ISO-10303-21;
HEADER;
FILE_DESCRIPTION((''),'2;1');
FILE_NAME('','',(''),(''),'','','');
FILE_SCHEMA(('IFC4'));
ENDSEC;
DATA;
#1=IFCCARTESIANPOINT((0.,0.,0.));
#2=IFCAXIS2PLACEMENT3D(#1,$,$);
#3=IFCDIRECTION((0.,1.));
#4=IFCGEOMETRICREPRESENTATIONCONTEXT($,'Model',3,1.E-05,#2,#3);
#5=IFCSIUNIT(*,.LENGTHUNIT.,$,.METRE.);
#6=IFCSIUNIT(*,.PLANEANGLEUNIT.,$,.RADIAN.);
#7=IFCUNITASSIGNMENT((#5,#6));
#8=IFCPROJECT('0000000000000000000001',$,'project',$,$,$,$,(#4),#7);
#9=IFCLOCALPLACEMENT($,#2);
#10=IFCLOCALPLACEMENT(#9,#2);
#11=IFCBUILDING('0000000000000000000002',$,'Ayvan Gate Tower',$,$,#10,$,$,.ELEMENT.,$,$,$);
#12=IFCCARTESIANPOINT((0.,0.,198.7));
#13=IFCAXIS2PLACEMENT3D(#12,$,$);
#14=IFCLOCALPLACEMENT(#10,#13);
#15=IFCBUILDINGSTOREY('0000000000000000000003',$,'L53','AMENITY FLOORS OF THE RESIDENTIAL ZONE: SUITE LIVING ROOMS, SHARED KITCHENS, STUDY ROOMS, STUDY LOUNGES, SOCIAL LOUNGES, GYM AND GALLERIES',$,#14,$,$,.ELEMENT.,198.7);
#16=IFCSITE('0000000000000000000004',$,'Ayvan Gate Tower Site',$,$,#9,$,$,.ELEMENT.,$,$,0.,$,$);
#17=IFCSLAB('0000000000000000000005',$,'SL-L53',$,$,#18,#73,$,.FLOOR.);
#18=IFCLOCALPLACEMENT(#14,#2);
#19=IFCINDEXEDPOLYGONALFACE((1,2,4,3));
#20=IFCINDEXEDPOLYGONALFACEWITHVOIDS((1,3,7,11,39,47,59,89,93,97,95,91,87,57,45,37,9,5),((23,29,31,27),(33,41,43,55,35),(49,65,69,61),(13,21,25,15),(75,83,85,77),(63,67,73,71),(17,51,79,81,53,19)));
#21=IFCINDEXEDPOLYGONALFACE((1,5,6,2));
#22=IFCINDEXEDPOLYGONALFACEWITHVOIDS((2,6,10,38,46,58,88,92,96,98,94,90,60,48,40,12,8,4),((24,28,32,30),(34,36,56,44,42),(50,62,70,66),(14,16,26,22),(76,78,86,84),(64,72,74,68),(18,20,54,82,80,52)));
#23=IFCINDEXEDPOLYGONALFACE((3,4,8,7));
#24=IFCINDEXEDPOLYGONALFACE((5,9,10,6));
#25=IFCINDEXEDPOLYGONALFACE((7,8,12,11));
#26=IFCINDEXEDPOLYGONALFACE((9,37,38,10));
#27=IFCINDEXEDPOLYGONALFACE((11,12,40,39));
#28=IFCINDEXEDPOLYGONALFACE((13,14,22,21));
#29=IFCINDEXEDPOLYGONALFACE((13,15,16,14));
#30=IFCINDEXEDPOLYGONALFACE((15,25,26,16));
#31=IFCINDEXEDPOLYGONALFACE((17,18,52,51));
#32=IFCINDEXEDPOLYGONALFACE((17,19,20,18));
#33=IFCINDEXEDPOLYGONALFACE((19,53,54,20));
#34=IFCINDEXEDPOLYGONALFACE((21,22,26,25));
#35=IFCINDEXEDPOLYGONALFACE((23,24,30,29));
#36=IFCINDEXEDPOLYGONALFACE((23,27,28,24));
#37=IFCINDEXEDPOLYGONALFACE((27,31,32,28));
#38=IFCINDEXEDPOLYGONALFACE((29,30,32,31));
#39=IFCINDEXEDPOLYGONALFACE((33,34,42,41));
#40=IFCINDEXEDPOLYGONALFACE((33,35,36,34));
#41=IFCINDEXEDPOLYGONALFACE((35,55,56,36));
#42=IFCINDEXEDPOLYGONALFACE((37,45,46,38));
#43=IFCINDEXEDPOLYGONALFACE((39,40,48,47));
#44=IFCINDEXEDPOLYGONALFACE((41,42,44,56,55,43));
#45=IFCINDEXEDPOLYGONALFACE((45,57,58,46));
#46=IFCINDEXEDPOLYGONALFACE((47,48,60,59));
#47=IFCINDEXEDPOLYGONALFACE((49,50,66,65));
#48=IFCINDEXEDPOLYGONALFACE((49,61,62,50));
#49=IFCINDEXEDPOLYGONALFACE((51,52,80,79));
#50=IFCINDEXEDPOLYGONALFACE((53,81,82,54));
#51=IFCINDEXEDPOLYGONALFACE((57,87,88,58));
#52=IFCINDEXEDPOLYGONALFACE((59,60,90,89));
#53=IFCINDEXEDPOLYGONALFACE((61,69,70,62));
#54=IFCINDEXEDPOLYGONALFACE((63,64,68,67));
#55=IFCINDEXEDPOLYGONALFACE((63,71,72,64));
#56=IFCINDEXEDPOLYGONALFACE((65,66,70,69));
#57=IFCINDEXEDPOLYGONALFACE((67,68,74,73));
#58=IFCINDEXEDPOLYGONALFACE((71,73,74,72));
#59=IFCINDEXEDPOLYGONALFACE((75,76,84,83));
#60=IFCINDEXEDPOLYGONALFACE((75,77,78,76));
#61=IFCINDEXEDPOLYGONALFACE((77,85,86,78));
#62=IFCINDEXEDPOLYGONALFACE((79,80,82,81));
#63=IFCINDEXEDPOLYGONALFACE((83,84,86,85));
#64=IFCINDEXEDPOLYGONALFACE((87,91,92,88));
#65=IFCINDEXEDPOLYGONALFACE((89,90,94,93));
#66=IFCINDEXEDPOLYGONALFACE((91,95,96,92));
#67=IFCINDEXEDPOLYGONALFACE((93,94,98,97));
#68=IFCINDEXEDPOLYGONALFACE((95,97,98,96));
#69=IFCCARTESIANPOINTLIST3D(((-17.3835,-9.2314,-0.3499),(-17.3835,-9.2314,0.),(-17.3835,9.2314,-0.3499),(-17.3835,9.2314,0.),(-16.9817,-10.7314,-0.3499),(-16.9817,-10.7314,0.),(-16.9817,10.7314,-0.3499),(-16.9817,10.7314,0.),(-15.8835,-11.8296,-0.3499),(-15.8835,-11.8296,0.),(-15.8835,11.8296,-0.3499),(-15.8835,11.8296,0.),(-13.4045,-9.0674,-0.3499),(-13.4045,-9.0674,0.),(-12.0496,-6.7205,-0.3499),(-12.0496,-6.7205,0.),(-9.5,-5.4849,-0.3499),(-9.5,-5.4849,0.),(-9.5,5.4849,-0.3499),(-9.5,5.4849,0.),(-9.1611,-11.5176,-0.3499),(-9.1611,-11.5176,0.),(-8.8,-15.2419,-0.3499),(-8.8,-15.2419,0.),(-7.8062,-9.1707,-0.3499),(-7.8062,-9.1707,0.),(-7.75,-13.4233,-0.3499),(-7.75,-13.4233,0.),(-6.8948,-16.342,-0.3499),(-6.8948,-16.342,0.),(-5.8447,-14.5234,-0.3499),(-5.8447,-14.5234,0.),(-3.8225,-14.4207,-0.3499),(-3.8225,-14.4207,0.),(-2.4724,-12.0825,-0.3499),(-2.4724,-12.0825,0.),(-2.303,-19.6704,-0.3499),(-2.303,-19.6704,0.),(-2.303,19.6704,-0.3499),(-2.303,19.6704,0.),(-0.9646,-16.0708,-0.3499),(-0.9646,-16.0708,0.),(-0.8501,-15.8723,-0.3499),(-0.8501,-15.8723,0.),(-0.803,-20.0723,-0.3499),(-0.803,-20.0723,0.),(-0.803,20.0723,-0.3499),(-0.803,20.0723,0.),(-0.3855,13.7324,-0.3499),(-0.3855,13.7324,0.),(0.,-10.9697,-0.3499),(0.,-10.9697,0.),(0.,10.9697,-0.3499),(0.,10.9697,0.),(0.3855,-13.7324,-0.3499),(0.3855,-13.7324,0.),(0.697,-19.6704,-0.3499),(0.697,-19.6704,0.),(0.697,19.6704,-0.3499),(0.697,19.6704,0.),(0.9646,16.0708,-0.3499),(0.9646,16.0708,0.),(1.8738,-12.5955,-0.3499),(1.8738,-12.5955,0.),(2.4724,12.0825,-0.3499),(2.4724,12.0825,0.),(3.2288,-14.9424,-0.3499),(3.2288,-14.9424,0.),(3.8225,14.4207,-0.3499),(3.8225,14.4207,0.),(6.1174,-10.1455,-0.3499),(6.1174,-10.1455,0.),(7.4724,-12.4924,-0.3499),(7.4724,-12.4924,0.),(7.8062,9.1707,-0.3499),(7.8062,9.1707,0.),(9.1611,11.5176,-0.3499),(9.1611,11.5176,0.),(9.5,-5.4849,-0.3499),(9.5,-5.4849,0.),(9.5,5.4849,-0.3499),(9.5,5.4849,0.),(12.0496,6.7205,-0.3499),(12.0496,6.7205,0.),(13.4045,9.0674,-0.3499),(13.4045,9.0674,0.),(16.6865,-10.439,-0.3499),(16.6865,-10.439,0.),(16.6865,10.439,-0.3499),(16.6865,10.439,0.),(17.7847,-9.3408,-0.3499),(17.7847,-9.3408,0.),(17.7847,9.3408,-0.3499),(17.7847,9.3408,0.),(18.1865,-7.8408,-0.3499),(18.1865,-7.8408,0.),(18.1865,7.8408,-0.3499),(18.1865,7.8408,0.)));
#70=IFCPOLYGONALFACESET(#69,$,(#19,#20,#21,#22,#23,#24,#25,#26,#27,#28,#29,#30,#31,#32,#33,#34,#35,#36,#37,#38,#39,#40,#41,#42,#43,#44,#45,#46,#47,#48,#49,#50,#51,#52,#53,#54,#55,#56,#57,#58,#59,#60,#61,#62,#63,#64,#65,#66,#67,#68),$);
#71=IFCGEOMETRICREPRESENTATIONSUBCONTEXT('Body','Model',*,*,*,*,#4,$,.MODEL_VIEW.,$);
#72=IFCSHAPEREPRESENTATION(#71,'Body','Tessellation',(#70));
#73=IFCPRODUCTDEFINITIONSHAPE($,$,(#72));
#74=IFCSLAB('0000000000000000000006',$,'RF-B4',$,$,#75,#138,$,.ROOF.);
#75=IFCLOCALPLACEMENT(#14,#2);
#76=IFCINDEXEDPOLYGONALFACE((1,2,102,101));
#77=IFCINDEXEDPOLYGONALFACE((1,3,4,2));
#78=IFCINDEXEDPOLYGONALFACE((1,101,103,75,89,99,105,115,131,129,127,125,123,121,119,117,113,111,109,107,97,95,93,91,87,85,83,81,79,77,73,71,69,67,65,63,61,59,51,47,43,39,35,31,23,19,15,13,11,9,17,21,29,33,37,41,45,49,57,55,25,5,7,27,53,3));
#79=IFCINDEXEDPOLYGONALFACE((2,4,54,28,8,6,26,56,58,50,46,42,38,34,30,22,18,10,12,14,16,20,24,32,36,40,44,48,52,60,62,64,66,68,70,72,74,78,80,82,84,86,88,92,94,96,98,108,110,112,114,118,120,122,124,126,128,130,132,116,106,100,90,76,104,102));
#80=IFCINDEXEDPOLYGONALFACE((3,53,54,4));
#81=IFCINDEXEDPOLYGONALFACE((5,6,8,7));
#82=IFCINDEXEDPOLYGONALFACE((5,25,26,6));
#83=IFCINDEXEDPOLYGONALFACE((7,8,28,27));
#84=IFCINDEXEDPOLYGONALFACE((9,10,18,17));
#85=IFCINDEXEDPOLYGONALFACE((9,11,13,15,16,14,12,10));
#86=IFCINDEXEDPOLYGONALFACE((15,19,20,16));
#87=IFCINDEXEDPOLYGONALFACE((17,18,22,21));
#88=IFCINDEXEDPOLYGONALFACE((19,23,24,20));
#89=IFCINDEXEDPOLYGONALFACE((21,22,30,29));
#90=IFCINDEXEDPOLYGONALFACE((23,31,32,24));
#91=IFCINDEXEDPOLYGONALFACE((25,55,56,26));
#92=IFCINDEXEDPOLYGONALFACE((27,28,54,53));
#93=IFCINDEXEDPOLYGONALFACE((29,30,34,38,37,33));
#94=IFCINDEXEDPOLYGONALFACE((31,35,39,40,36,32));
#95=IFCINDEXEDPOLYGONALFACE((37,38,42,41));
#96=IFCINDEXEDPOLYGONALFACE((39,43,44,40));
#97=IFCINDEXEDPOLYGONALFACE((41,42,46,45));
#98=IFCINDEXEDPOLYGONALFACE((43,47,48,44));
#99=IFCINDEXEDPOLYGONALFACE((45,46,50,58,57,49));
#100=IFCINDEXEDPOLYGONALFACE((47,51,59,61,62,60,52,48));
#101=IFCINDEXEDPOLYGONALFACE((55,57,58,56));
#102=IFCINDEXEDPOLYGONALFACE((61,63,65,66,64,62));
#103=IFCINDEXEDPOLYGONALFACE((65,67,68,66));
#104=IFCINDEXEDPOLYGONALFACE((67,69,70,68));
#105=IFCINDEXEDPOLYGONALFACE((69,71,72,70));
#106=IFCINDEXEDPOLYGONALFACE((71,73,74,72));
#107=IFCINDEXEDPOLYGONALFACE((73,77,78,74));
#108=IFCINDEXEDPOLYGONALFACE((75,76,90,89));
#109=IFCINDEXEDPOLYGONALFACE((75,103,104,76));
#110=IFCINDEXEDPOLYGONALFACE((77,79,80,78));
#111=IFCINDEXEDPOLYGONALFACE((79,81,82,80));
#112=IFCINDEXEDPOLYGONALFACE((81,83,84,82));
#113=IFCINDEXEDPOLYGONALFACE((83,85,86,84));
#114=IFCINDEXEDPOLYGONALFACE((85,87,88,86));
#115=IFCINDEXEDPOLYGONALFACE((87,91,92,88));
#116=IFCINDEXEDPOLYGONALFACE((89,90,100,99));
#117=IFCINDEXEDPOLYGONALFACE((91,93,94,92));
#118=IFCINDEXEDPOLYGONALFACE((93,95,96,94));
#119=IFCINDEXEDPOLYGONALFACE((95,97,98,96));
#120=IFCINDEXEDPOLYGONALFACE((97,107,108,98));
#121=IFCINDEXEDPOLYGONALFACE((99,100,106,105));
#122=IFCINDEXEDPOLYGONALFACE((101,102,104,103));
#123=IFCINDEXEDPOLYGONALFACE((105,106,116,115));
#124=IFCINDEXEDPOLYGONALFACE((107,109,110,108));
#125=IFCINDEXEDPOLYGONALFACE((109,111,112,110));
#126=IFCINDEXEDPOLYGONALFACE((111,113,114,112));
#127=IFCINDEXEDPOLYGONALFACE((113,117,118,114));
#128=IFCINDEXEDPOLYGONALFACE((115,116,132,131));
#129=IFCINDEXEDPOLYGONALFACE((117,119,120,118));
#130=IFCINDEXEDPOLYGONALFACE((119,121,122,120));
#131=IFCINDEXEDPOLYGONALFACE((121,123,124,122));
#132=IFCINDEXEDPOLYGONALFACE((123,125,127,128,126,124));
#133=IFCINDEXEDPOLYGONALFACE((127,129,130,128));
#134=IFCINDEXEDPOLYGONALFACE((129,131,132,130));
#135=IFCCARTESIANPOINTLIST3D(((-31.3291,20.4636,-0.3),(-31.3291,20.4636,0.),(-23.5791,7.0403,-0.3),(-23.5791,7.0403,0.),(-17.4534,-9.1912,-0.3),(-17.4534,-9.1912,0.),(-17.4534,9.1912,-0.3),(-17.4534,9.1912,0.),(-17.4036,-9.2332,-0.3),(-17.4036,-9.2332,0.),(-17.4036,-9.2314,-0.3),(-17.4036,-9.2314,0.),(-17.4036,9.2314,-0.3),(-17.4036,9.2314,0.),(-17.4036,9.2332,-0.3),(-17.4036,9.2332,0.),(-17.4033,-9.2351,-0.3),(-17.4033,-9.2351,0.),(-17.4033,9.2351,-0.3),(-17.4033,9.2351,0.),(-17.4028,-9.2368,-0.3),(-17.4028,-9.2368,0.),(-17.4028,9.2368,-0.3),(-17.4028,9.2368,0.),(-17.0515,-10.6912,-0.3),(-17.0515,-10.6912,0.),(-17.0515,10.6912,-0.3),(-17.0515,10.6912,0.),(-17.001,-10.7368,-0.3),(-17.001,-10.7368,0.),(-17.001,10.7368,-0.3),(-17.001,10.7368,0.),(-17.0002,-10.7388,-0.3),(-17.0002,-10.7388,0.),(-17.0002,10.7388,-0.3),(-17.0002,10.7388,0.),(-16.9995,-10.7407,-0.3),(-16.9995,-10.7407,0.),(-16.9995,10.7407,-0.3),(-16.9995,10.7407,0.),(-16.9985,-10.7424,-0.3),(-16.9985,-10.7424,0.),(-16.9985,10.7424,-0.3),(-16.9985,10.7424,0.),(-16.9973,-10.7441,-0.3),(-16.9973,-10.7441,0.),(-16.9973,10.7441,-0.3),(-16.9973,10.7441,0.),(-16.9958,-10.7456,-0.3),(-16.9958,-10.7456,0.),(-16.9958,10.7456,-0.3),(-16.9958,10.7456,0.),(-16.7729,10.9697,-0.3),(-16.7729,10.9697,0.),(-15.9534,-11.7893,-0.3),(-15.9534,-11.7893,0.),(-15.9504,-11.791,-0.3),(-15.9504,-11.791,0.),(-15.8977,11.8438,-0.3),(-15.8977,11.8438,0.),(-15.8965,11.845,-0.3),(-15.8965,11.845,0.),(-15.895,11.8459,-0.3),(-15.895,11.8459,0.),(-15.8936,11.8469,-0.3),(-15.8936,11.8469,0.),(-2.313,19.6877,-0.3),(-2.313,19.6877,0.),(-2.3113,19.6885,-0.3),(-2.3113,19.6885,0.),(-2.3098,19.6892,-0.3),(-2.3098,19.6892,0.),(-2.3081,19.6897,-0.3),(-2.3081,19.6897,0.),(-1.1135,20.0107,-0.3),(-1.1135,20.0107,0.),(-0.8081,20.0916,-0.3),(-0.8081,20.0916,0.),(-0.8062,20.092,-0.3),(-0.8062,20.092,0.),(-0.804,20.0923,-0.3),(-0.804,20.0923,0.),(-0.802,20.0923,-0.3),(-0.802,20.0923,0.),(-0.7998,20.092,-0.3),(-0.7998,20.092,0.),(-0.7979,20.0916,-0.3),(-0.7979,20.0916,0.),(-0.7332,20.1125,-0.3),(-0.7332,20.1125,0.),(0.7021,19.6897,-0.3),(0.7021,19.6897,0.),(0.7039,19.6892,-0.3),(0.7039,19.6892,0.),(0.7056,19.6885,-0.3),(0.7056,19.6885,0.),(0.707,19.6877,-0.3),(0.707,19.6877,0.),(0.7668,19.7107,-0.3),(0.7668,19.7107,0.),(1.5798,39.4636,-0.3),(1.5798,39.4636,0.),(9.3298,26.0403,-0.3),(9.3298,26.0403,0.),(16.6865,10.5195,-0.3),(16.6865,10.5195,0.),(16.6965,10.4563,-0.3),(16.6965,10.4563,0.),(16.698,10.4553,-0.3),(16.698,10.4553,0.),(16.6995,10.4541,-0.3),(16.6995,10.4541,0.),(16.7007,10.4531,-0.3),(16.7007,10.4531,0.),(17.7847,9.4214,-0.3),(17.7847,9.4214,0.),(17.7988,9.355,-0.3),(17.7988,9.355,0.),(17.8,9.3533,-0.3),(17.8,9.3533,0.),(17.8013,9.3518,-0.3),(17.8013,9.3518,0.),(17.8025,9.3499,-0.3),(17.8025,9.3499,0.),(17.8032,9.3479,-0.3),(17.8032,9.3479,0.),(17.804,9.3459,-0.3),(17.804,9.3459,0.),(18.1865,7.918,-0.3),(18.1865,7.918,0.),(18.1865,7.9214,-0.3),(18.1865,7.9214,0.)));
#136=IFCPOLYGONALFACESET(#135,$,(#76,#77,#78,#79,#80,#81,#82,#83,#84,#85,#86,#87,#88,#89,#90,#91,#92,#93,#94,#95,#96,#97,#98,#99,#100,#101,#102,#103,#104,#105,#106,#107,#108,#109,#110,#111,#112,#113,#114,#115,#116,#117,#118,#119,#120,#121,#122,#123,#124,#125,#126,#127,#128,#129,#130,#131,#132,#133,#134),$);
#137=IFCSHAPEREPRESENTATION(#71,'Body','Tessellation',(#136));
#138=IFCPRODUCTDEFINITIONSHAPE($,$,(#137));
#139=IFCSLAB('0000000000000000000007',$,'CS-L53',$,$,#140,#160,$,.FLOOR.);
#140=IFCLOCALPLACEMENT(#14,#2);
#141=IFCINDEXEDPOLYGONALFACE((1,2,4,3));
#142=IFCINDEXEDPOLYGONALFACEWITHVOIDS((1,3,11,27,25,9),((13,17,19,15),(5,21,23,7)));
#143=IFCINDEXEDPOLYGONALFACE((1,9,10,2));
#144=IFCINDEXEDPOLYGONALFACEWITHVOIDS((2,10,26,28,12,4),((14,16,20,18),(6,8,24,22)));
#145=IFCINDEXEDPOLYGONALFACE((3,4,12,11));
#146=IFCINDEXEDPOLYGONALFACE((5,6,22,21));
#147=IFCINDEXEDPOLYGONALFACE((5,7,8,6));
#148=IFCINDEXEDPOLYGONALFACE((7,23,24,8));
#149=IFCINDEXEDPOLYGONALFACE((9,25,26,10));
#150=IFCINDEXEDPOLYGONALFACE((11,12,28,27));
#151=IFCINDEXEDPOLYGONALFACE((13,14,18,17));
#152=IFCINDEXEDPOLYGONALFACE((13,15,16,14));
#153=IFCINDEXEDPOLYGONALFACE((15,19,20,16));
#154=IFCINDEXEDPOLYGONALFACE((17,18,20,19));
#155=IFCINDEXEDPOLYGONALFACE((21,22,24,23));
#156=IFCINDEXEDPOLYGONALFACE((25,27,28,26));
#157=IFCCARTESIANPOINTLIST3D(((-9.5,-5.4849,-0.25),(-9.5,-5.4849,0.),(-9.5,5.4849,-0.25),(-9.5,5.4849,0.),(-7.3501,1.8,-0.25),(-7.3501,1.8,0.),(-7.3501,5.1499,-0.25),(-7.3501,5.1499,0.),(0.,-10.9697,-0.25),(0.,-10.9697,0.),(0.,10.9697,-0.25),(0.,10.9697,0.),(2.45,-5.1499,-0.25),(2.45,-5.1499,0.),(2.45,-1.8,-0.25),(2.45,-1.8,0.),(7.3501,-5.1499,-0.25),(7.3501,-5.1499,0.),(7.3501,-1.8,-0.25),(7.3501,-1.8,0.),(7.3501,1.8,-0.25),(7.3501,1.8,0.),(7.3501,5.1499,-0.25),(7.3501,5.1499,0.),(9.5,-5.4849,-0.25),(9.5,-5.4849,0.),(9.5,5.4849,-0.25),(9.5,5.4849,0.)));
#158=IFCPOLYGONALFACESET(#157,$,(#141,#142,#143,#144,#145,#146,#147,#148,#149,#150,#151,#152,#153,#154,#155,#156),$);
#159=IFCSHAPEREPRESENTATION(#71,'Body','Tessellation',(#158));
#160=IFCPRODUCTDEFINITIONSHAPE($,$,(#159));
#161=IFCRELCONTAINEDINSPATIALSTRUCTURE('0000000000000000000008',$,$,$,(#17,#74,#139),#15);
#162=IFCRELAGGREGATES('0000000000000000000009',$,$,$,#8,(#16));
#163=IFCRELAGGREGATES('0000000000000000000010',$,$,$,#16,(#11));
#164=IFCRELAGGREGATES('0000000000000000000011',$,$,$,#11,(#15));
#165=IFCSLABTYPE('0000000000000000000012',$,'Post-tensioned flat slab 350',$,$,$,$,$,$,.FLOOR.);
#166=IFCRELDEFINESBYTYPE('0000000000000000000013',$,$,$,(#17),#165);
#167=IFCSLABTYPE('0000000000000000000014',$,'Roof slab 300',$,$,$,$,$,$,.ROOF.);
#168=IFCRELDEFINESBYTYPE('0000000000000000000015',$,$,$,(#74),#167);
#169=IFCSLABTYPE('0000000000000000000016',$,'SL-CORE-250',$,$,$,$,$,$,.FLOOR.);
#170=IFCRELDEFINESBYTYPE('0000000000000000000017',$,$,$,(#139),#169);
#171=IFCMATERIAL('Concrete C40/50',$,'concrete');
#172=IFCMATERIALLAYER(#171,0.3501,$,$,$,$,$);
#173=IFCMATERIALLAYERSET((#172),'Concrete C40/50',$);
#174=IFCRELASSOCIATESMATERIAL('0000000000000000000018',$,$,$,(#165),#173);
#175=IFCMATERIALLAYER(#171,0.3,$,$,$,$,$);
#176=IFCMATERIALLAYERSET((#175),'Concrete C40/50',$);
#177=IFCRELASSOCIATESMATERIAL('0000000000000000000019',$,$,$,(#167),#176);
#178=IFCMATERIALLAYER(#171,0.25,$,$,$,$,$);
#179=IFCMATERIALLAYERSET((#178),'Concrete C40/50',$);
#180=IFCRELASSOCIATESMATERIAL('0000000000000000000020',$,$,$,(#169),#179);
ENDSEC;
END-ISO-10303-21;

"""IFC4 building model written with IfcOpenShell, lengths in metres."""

from ifc_helpers import new_model, si_unit, direction, frame, origin, place, context, subcontext, project, spatial, polyline, outline, extrude, material, layer, layer_set, type_object, element, save


model = new_model("IFC4")

# Units and contexts
model_context = context("Model", 3, precision=1e-05, world=origin(), true_north=direction((0.0, 1.0)))
body_context = subcontext(model_context, "Body", "Model", "MODEL_VIEW")
ifc_project = project(units=[si_unit("LENGTHUNIT", "METRE"), si_unit("PLANEANGLEUNIT", "RADIAN")], contexts=[model_context])

# Site, building, storey
site_placement = place(None, origin())
site = spatial("IfcSite", under=ifc_project, at=site_placement, Name="Ayvan Gate Tower Site", CompositionType="ELEMENT", RefElevation=0.0)
building_placement = place(site_placement, origin())
building = spatial("IfcBuilding", under=site, at=building_placement, Name="Ayvan Gate Tower", CompositionType="ELEMENT")
storey_placement = place(building_placement, frame((0.0, 0.0, 198.7)))
storey = spatial("IfcBuildingStorey", under=building, at=storey_placement, Name="L53", Description="AMENITY FLOORS OF THE RESIDENTIAL ZONE: SUITE LIVING ROOMS, SHARED KITCHENS, STUDY ROOMS, STUDY LOUNGES, SOCIAL LOUNGES, GYM AND GALLERIES", CompositionType="ELEMENT", Elevation=198.7)

# Slabs
ifc_material_1 = material(Name="Concrete C40/50", Category="concrete")
ifc_layer_1 = layer(ifc_material_1, 0.3501)
ifc_layer_set_1 = layer_set([ifc_layer_1], Name="Concrete C40/50")
slab_type_1 = type_object("IfcSlabType", Name="Post-tensioned flat slab 350", PredefinedType="FLOOR", material=ifc_layer_set_1)
slab_1_placement = place(storey_placement, frame((0.0, 0.0, -0.3499)))
element("IfcSlab", 1, at=slab_1_placement, inside=storey, type_object=slab_type_1, Name="SL-L53", PredefinedType="FLOOR", context=body_context, shape_type="SweptSolid", body=[
    extrude(outline(polyline([(-0.803, -20.0723), (-2.303, -19.6704), (-15.8835, -11.8296), (-16.9817, -10.7314), (-17.3835, -9.2314), (-17.3835, 9.2314), (-16.9817, 10.7314), (-15.8835, 11.8296), (-2.303, 19.6704), (-0.803, 20.0723), (0.697, 19.6704), (16.6865, 10.439), (17.7847, 9.3408), (18.1865, 7.8408), (18.1865, -7.8408), (17.7847, -9.3408), (16.6865, -10.439), (0.697, -19.6704), (-0.803, -20.0723)]), holes=[polyline([(13.4045, 9.0674), (9.1611, 11.5176), (7.8062, 9.1707), (12.0496, 6.7205), (13.4045, 9.0674)]), polyline([(0.0, 10.9697), (-9.5, 5.4849), (-9.5, -5.4849), (0.0, -10.9697), (9.5, -5.4849), (9.5, 5.4849), (0.0, 10.9697)]), polyline([(3.2288, -14.9424), (7.4724, -12.4924), (6.1174, -10.1455), (1.8738, -12.5955), (3.2288, -14.9424)]), polyline([(0.9646, 16.0708), (-0.3855, 13.7324), (2.4724, 12.0825), (3.8225, 14.4207), (0.9646, 16.0708)]), polyline([(0.3855, -13.7324), (-2.4724, -12.0825), (-3.8225, -14.4207), (-0.9646, -16.0708), (-0.8501, -15.8723), (0.3855, -13.7324)]), polyline([(-6.8948, -16.342), (-5.8447, -14.5234), (-7.75, -13.4233), (-8.8, -15.2419), (-6.8948, -16.342)]), polyline([(-7.8062, -9.1707), (-12.0496, -6.7205), (-13.4045, -9.0674), (-9.1611, -11.5176), (-7.8062, -9.1707)])]), origin(), (0.0, 0.0, 1.0), 0.3499),
])
ifc_layer_2 = layer(ifc_material_1, 0.3)
ifc_layer_set_2 = layer_set([ifc_layer_2], Name="Concrete C40/50")
slab_type_2 = type_object("IfcSlabType", Name="Roof slab 300", PredefinedType="ROOF", material=ifc_layer_set_2)
slab_2_placement = place(storey_placement, frame((0.0, 0.0, -0.3)))
element("IfcSlab", 2, at=slab_2_placement, inside=storey, type_object=slab_type_2, Name="RF-B4", PredefinedType="ROOF", context=body_context, shape_type="SweptSolid", body=[
    extrude(outline(polyline([(18.1865, 7.9214), (18.1865, 7.918), (17.804, 9.3459), (17.8032, 9.3479), (17.8025, 9.3499), (17.8013, 9.3518), (17.8, 9.3533), (17.7988, 9.355), (16.7007, 10.4531), (16.6995, 10.4541), (16.698, 10.4553), (16.6965, 10.4563), (0.707, 19.6877), (0.7056, 19.6885), (0.7039, 19.6892), (0.7021, 19.6897), (-0.7979, 20.0916), (-0.7998, 20.092), (-0.802, 20.0923), (-0.804, 20.0923), (-0.8062, 20.092), (-0.8081, 20.0916), (-2.3081, 19.6897), (-2.3098, 19.6892), (-2.3113, 19.6885), (-2.313, 19.6877), (-15.8936, 11.8469), (-15.895, 11.8459), (-15.8965, 11.845), (-15.8977, 11.8438), (-16.9958, 10.7456), (-16.9973, 10.7441), (-16.9985, 10.7424), (-16.9995, 10.7407), (-17.0002, 10.7388), (-17.001, 10.7368), (-17.4028, 9.2368), (-17.4033, 9.2351), (-17.4036, 9.2332), (-17.4036, 9.2314), (-17.4036, -9.2314), (-17.4036, -9.2332), (-17.4033, -9.2351), (-17.4028, -9.2368), (-17.001, -10.7368), (-17.0002, -10.7388), (-16.9995, -10.7407), (-16.9985, -10.7424), (-16.9973, -10.7441), (-16.9958, -10.7456), (-15.9504, -11.791), (-15.9534, -11.7893), (-17.0515, -10.6912), (-17.4534, -9.1912), (-17.4534, 9.1912), (-17.0515, 10.6912), (-16.7729, 10.9697), (-23.5791, 7.0403), (-31.3291, 20.4636), (1.5798, 39.4636), (9.3298, 26.0403), (-1.1135, 20.0107), (-0.7332, 20.1125), (0.7668, 19.7107), (16.6865, 10.5195), (17.7847, 9.4214), (18.1865, 7.9214)])), origin(), (0.0, 0.0, 1.0), 0.3),
])
ifc_layer_3 = layer(ifc_material_1, 0.25)
ifc_layer_set_3 = layer_set([ifc_layer_3], Name="Concrete C40/50")
slab_type_3 = type_object("IfcSlabType", Name="SL-CORE-250", PredefinedType="FLOOR", material=ifc_layer_set_3)
slab_3_placement = place(storey_placement, frame((0.0, 0.0, -0.25)))
element("IfcSlab", 3, at=slab_3_placement, inside=storey, type_object=slab_type_3, Name="CS-L53", PredefinedType="FLOOR", context=body_context, shape_type="SweptSolid", body=[
    extrude(outline(polyline([(9.5, -5.4849), (0.0, -10.9697), (-9.5, -5.4849), (-9.5, 5.4849), (0.0, 10.9697), (9.5, 5.4849), (9.5, -5.4849)]), holes=[polyline([(-7.3501, 5.1499), (-7.3501, 1.8), (7.3501, 1.8), (7.3501, 5.1499), (-7.3501, 5.1499)]), polyline([(2.45, -1.8), (2.45, -5.1499), (7.3501, -5.1499), (7.3501, -1.8), (2.45, -1.8)])]), origin(), (0.0, 0.0, 1.0), 0.25),
])

save(model, "model.ifc")
